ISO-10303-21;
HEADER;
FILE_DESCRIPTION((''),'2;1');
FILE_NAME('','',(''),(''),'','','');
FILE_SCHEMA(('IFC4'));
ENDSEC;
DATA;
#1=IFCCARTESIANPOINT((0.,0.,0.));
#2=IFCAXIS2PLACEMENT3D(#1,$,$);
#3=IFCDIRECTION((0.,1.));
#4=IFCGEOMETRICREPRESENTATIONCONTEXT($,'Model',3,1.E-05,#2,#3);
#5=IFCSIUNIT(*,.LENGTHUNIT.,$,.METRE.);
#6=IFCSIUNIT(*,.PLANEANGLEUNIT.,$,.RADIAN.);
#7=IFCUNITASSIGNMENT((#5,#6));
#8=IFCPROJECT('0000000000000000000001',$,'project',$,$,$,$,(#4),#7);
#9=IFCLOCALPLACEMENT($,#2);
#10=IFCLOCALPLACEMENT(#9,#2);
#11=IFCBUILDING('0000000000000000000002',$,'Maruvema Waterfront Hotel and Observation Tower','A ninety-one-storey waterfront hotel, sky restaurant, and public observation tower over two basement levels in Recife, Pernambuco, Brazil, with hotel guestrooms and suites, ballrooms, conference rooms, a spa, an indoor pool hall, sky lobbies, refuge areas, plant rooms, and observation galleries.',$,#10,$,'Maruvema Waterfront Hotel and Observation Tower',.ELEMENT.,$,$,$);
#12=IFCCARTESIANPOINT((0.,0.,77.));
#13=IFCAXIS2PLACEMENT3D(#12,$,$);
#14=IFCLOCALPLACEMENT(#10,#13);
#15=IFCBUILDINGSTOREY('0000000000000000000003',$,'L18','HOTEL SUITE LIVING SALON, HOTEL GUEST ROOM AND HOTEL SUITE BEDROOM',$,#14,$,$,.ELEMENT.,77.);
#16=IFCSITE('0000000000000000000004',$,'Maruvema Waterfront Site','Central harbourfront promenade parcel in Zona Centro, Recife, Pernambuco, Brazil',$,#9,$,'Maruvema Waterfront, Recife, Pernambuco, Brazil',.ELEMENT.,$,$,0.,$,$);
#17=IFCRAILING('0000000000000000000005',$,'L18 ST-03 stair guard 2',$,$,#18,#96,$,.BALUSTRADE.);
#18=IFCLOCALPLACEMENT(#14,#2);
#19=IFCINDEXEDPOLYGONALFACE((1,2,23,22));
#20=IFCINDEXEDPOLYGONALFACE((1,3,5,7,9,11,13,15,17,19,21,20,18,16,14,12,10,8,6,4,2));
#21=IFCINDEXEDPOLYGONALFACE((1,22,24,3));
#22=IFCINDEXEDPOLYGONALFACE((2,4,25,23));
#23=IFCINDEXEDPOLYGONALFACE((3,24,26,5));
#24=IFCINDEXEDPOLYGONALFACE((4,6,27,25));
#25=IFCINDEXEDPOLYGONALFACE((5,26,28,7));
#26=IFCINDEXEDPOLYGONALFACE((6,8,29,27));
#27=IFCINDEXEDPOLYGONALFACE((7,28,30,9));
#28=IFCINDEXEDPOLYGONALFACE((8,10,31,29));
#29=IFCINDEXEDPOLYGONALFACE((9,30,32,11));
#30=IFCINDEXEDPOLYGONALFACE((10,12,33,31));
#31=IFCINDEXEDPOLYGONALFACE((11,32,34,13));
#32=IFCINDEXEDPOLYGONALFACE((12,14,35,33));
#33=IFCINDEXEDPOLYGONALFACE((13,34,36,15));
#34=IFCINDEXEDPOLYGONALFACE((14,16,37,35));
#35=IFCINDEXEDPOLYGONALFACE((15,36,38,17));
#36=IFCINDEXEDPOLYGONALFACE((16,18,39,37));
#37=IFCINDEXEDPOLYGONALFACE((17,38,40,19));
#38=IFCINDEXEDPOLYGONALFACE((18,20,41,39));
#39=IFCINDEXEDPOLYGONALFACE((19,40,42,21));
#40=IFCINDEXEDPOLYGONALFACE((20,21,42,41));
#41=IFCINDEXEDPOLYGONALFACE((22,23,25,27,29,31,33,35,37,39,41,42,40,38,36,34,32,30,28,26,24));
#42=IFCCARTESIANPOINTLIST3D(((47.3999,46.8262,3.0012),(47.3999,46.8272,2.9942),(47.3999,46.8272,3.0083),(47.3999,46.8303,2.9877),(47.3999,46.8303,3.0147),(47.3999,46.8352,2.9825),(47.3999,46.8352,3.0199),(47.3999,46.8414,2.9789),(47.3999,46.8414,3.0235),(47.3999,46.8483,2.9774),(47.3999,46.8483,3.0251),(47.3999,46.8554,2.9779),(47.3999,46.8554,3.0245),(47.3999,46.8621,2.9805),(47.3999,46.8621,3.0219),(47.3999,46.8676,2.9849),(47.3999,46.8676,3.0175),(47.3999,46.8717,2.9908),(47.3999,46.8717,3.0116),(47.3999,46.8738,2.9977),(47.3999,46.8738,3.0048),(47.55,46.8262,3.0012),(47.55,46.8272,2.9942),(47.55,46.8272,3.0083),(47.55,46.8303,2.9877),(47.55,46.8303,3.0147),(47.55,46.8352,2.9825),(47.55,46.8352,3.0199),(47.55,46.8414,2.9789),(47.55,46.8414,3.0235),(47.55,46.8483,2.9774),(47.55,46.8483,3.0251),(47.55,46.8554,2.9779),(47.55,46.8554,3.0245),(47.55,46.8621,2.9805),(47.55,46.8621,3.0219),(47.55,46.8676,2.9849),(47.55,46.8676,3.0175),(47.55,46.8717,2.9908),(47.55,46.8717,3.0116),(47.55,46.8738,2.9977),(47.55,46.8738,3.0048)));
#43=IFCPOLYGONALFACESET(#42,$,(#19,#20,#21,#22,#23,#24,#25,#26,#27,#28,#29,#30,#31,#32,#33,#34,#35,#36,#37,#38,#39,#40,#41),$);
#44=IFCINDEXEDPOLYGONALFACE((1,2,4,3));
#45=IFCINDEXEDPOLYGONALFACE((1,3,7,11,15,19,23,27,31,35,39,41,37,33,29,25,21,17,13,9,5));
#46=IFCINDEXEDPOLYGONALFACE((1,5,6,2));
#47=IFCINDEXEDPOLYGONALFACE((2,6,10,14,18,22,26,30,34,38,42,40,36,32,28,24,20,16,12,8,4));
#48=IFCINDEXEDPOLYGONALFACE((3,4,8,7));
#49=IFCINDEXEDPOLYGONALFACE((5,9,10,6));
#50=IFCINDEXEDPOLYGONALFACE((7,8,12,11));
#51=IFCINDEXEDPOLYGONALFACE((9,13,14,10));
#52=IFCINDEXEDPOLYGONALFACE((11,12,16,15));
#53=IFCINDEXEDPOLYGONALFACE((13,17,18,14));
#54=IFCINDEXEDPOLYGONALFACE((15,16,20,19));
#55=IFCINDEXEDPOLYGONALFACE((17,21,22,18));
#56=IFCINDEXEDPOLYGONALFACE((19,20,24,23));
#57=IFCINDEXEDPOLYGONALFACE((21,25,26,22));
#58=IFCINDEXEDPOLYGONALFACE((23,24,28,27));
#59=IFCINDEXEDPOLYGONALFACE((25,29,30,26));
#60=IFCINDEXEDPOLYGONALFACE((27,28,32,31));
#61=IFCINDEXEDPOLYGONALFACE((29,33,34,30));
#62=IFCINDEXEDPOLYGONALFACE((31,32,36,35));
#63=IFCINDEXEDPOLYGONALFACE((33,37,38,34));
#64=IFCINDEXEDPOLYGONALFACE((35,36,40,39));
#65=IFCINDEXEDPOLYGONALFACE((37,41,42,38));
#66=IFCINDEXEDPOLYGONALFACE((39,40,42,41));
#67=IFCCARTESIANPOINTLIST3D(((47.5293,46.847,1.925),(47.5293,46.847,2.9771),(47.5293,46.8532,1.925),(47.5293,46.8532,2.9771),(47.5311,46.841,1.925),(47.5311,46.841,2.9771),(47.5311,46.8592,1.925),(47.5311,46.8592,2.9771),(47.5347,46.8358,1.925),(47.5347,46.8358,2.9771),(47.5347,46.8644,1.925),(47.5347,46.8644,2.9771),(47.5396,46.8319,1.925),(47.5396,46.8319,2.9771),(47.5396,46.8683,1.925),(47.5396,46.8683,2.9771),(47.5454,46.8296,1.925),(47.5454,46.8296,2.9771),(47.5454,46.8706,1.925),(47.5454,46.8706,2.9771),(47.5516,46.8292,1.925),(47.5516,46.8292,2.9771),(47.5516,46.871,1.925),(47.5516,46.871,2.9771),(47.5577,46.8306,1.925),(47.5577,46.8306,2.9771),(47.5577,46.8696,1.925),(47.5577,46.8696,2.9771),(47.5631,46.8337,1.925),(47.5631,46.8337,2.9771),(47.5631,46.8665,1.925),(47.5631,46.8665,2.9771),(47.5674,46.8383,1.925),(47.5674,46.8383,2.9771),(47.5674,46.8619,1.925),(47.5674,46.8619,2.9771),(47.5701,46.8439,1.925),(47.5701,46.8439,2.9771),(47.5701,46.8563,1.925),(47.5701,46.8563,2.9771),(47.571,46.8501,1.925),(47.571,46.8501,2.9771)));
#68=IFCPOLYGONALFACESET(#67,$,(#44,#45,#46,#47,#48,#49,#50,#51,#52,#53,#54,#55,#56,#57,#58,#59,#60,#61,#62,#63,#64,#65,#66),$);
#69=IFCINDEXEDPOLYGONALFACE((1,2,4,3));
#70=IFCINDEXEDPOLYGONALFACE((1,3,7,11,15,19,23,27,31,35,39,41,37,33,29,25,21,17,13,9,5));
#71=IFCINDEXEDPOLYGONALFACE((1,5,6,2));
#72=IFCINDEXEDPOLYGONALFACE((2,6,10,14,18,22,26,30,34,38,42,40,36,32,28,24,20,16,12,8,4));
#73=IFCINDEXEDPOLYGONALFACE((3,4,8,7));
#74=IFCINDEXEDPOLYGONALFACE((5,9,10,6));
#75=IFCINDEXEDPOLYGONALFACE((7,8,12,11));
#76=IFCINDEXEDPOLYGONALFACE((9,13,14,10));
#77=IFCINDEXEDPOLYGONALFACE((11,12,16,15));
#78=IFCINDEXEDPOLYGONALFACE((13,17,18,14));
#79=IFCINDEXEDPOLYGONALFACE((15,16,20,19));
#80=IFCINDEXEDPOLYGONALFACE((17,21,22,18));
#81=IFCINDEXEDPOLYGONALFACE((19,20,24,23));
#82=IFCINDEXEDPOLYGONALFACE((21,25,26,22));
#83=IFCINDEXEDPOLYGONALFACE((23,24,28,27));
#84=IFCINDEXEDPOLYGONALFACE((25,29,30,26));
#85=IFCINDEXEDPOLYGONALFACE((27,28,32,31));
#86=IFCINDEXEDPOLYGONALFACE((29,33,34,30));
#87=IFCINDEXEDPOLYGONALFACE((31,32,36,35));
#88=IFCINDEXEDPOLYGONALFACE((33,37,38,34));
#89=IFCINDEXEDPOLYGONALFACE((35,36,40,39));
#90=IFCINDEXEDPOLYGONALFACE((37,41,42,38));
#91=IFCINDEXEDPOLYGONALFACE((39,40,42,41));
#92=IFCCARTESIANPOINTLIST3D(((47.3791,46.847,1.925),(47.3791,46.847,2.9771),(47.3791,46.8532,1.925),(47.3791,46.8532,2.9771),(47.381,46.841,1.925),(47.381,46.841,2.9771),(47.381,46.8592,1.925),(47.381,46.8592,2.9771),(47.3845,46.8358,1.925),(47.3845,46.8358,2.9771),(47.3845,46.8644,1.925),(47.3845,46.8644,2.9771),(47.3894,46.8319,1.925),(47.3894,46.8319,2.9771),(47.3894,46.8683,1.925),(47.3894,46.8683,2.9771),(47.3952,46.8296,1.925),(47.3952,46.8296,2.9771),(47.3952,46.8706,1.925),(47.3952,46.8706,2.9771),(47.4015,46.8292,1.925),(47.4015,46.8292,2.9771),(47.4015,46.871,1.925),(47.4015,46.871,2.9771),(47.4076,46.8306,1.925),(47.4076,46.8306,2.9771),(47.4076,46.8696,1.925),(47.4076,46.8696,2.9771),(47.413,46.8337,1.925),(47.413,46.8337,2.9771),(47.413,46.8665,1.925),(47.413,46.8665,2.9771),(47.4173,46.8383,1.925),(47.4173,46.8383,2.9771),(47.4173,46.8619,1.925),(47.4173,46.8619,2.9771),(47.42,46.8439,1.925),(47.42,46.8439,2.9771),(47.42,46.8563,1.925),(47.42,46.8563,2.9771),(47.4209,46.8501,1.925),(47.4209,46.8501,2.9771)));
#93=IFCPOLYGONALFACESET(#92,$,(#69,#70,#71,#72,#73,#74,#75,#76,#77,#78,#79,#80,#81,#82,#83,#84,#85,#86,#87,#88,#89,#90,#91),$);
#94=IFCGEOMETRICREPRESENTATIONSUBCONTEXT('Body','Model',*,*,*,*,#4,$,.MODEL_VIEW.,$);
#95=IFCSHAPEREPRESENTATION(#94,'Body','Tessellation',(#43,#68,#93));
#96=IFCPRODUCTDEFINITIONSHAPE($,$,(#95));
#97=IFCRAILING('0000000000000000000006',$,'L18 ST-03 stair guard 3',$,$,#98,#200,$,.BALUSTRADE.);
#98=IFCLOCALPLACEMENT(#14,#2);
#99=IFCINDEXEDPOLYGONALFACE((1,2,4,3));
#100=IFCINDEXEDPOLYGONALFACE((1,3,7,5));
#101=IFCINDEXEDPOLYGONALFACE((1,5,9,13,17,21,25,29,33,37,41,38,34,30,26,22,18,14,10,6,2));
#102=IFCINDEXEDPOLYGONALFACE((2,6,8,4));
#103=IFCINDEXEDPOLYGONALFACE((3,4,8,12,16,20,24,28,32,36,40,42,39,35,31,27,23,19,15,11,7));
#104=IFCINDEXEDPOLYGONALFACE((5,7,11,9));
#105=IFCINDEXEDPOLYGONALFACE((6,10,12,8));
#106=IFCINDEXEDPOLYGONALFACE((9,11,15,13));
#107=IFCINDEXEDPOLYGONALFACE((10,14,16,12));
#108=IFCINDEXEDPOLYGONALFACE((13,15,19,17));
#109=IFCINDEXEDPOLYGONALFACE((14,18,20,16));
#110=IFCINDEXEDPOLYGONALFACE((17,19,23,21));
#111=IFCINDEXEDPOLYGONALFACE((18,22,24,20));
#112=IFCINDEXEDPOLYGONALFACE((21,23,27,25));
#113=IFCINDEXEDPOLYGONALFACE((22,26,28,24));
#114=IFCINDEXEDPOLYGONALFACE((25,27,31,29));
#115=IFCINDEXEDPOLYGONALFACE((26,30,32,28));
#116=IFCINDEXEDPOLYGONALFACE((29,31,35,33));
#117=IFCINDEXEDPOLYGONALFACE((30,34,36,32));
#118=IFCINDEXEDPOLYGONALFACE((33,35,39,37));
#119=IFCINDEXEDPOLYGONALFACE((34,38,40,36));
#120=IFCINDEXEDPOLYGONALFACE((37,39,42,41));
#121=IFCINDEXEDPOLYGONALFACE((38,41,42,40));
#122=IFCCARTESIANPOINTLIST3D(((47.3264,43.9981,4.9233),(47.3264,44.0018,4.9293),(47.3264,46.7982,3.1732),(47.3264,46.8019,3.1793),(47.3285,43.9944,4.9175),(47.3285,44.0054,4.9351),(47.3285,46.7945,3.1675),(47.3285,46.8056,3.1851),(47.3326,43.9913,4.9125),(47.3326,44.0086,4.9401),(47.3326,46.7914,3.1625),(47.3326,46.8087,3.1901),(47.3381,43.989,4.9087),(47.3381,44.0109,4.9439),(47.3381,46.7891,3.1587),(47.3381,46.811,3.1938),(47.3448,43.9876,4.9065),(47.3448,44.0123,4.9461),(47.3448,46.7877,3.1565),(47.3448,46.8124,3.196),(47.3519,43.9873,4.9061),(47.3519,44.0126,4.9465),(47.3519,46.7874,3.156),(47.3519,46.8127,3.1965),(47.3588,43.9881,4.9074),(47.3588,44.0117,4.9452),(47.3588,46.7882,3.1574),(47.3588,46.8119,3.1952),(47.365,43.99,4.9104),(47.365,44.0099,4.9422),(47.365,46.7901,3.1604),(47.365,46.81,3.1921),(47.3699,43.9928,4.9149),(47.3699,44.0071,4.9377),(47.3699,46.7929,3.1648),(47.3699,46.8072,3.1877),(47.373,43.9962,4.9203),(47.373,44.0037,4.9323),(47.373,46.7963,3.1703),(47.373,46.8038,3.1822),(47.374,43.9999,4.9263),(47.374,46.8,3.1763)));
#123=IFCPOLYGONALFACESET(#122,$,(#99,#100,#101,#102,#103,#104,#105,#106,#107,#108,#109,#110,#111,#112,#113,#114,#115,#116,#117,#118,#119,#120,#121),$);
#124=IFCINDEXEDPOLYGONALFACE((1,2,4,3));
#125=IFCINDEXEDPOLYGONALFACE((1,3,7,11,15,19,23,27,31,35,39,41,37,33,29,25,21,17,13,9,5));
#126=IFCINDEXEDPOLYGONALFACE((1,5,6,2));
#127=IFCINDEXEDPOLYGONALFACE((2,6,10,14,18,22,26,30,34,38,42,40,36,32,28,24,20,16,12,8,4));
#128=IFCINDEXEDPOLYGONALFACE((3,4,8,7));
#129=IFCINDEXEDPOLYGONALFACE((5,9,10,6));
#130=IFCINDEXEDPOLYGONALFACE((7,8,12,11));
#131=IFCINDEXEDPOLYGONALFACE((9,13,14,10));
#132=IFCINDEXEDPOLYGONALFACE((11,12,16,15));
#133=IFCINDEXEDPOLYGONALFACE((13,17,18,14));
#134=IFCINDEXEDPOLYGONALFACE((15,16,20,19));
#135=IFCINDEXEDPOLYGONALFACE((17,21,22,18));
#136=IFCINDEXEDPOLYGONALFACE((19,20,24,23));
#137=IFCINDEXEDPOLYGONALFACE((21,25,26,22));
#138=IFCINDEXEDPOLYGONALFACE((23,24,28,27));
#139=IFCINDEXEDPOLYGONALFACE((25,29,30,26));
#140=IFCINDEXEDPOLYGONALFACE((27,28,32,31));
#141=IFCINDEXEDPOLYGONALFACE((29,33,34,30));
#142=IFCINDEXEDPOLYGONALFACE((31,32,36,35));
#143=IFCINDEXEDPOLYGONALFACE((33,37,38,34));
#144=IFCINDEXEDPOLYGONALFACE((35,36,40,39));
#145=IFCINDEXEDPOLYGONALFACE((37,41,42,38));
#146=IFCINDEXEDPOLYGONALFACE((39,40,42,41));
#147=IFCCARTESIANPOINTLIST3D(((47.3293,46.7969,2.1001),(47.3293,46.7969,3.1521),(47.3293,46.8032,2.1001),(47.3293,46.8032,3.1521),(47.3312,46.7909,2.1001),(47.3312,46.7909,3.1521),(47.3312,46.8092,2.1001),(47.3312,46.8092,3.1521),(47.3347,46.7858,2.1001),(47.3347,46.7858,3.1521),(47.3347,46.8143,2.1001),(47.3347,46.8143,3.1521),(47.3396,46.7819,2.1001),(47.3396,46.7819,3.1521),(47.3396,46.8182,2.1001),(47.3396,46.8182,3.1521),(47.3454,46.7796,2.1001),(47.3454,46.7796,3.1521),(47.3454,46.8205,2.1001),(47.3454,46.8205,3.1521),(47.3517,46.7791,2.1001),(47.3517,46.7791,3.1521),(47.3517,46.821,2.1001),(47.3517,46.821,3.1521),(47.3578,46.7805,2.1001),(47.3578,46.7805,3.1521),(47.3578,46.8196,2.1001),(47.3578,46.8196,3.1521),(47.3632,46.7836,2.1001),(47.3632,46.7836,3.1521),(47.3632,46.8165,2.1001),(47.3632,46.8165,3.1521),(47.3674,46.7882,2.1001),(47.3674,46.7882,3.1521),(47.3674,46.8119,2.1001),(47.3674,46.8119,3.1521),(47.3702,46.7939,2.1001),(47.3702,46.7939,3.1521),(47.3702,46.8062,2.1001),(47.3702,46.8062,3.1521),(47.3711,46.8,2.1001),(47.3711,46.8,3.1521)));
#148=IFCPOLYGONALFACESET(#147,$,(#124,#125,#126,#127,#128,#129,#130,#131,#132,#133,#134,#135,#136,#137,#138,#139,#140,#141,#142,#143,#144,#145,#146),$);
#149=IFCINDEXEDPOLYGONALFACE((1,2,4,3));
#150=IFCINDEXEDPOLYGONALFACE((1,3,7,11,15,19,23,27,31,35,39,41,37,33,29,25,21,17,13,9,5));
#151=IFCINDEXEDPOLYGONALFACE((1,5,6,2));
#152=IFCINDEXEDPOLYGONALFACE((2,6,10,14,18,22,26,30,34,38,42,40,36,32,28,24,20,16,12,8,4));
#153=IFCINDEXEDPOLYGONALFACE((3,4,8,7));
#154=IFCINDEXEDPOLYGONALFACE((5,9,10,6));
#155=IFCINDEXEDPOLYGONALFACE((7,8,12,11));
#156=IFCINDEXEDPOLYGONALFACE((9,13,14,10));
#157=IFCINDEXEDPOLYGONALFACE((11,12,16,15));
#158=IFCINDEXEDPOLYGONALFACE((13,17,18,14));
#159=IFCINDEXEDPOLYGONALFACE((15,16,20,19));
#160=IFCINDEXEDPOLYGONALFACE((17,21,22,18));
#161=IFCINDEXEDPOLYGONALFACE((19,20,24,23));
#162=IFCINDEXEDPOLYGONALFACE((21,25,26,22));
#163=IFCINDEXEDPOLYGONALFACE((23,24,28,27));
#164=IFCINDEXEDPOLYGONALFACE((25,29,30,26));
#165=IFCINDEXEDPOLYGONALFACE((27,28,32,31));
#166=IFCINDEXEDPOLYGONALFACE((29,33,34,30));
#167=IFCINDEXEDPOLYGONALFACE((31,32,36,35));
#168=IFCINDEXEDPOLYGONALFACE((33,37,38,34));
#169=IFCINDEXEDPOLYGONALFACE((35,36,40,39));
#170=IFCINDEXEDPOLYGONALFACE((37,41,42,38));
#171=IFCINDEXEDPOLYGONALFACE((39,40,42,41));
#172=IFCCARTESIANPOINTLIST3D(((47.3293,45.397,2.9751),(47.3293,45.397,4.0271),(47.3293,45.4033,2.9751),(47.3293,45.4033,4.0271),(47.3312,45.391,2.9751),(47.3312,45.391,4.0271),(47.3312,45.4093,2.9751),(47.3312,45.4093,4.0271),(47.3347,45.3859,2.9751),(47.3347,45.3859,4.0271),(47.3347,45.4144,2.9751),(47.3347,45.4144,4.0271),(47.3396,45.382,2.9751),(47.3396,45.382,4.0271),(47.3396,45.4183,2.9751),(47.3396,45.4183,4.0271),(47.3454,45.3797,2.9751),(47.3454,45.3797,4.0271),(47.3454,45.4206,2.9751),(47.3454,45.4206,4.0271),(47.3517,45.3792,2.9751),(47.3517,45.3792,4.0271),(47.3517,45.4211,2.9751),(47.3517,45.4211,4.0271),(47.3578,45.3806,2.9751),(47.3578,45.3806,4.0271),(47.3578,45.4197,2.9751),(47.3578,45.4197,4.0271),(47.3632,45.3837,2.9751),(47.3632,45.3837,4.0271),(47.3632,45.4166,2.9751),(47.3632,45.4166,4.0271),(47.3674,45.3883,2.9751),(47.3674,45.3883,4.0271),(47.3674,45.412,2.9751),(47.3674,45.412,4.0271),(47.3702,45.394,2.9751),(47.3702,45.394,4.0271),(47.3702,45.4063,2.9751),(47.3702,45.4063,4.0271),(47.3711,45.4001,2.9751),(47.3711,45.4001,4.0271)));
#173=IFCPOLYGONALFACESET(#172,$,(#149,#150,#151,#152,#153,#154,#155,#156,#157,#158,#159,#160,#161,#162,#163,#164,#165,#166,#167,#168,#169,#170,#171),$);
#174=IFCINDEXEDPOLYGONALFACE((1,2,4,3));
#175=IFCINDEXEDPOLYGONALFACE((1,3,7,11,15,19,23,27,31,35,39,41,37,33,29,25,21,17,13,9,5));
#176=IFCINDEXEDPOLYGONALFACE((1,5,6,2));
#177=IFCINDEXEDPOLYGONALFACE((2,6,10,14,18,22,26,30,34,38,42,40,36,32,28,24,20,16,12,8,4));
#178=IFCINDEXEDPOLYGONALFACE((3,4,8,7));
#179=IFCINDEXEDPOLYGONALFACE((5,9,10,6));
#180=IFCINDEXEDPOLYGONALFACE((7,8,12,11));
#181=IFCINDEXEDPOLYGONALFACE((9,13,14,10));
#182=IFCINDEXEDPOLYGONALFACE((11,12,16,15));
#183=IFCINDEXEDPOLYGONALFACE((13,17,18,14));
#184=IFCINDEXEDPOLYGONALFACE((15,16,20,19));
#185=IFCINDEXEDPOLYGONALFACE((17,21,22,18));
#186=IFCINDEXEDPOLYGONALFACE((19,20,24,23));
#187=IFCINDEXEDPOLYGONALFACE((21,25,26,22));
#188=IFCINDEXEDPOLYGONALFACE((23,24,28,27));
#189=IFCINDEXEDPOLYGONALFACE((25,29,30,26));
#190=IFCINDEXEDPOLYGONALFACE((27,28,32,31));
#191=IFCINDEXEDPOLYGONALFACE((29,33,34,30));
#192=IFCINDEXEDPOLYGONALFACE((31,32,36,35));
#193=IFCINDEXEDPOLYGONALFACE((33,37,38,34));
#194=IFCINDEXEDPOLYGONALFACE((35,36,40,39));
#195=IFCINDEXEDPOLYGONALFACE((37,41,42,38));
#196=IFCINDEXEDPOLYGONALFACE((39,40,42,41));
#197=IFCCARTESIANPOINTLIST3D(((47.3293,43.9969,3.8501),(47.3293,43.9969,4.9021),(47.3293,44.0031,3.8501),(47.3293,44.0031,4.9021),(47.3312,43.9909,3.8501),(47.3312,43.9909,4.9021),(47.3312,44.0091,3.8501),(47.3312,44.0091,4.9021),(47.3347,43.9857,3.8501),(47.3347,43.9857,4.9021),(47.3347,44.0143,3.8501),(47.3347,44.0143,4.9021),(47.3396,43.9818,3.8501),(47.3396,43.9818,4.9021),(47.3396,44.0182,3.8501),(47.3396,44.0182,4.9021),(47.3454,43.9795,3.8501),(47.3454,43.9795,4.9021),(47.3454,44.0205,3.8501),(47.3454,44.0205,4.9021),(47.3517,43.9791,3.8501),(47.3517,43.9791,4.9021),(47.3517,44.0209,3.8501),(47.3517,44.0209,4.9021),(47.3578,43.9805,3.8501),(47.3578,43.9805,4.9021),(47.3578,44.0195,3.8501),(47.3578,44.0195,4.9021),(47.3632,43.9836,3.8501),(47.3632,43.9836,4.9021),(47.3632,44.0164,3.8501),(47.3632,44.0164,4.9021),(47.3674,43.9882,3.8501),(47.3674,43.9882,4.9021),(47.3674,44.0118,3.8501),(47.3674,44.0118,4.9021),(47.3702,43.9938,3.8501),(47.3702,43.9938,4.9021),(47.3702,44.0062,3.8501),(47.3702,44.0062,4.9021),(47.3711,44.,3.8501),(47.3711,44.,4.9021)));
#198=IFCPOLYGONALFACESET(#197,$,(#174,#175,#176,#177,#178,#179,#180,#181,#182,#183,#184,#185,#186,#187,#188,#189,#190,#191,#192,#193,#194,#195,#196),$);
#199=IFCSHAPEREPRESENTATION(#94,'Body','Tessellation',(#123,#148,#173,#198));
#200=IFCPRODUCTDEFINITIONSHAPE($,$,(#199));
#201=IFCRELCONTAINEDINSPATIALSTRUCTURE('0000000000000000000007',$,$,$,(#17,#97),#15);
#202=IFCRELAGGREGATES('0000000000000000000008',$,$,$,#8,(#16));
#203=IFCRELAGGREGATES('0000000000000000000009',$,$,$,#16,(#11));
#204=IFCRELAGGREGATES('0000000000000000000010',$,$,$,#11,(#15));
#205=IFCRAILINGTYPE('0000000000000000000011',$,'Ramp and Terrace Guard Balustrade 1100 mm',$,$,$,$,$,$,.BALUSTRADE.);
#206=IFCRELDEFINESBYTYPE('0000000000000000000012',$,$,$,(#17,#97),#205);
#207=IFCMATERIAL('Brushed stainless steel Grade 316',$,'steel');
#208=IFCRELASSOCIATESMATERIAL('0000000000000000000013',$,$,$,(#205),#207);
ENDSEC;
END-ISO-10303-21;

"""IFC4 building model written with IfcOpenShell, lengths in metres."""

from ifc_helpers import new_model, si_unit, direction, frame, origin, origin_2d, place, context, subcontext, project, spatial, circle, extrude, material, type_object, element, save


model = new_model("IFC4")

# Units and contexts
model_context = context("Model", 3, precision=1e-05, world=origin(), true_north=direction((0.0, 1.0)))
body_context = subcontext(model_context, "Body", "Model", "MODEL_VIEW")
ifc_project = project(units=[si_unit("LENGTHUNIT", "METRE"), si_unit("PLANEANGLEUNIT", "RADIAN")], contexts=[model_context])

# Site, building, storey
site_placement = place(None, origin())
site = spatial("IfcSite", under=ifc_project, at=site_placement, Name="Maruvema Waterfront Site", Description="Central harbourfront promenade parcel in Zona Centro, Recife, Pernambuco, Brazil", LongName="Maruvema Waterfront, Recife, Pernambuco, Brazil", CompositionType="ELEMENT", RefElevation=0.0)
building_placement = place(site_placement, origin())
building = spatial("IfcBuilding", under=site, at=building_placement, Name="Maruvema Waterfront Hotel and Observation Tower", Description="A ninety-one-storey waterfront hotel, sky restaurant, and public observation tower over two basement levels in Recife, Pernambuco, Brazil, with hotel guestrooms and suites, ballrooms, conference rooms, a spa, an indoor pool hall, sky lobbies, refuge areas, plant rooms, and observation galleries.", LongName="Maruvema Waterfront Hotel and Observation Tower", CompositionType="ELEMENT")
storey_placement = place(building_placement, frame((0.0, 0.0, 77.0)))
storey = spatial("IfcBuildingStorey", under=building, at=storey_placement, Name="L18", Description="HOTEL SUITE LIVING SALON, HOTEL GUEST ROOM AND HOTEL SUITE BEDROOM", CompositionType="ELEMENT", Elevation=77.0)

# Railings
ifc_material_1 = material(Name="Brushed stainless steel Grade 316", Category="steel")
railing_type_1 = type_object("IfcRailingType", Name="Ramp and Terrace Guard Balustrade 1100 mm", PredefinedType="BALUSTRADE", material=ifc_material_1)
railing_1_placement = place(storey_placement, frame((47.55, 46.8501, 1.925)))
element("IfcRailing", 1, at=railing_1_placement, inside=storey, type_object=railing_type_1, Name="L18 ST-03 stair guard 2", PredefinedType="BALUSTRADE", context=body_context, shape_type="SweptSolid", body=[
    extrude(circle(Radius=0.0239, at=origin_2d()), frame((0.0, 0.0, 1.0762), z_axis=(-1.0, 0.0, 0.0), x_axis=(0.0, -1.0, 0.0)), (0.0, 0.0, 1.0), 0.1501),
    extrude(circle(Radius=0.021, at=origin_2d()), origin(), (0.0, 0.0, 1.0), 1.052),
    extrude(circle(Radius=0.021, at=origin_2d()), frame((-0.1501, 0.0, 0.0)), (0.0, 0.0, 1.0), 1.052),
])
railing_2_placement = place(storey_placement, frame((47.3501, 46.8, 2.1001)))
element("IfcRailing", 2, at=railing_2_placement, inside=storey, type_object=railing_type_1, Name="L18 ST-03 stair guard 3", PredefinedType="BALUSTRADE", context=body_context, shape_type="SweptSolid", body=[
    extrude(circle(Radius=0.0239, at=origin_2d()), frame((0.0, 0.0, 1.0762), z_axis=(0.0, -0.848002, 0.529992), x_axis=(1.0, 0.0, 0.0)), (0.0, 0.0, 1.0), 3.302),
    extrude(circle(Radius=0.021, at=origin_2d()), origin(), (0.0, 0.0, 1.0), 1.052),
    extrude(circle(Radius=0.021, at=origin_2d()), frame((0.0, -1.3999, 0.875)), (0.0, 0.0, 1.0), 1.052),
    extrude(circle(Radius=0.021, at=origin_2d()), frame((0.0, -2.8, 1.75)), (0.0, 0.0, 1.0), 1.052),
])

save(model, "model.ifc")
